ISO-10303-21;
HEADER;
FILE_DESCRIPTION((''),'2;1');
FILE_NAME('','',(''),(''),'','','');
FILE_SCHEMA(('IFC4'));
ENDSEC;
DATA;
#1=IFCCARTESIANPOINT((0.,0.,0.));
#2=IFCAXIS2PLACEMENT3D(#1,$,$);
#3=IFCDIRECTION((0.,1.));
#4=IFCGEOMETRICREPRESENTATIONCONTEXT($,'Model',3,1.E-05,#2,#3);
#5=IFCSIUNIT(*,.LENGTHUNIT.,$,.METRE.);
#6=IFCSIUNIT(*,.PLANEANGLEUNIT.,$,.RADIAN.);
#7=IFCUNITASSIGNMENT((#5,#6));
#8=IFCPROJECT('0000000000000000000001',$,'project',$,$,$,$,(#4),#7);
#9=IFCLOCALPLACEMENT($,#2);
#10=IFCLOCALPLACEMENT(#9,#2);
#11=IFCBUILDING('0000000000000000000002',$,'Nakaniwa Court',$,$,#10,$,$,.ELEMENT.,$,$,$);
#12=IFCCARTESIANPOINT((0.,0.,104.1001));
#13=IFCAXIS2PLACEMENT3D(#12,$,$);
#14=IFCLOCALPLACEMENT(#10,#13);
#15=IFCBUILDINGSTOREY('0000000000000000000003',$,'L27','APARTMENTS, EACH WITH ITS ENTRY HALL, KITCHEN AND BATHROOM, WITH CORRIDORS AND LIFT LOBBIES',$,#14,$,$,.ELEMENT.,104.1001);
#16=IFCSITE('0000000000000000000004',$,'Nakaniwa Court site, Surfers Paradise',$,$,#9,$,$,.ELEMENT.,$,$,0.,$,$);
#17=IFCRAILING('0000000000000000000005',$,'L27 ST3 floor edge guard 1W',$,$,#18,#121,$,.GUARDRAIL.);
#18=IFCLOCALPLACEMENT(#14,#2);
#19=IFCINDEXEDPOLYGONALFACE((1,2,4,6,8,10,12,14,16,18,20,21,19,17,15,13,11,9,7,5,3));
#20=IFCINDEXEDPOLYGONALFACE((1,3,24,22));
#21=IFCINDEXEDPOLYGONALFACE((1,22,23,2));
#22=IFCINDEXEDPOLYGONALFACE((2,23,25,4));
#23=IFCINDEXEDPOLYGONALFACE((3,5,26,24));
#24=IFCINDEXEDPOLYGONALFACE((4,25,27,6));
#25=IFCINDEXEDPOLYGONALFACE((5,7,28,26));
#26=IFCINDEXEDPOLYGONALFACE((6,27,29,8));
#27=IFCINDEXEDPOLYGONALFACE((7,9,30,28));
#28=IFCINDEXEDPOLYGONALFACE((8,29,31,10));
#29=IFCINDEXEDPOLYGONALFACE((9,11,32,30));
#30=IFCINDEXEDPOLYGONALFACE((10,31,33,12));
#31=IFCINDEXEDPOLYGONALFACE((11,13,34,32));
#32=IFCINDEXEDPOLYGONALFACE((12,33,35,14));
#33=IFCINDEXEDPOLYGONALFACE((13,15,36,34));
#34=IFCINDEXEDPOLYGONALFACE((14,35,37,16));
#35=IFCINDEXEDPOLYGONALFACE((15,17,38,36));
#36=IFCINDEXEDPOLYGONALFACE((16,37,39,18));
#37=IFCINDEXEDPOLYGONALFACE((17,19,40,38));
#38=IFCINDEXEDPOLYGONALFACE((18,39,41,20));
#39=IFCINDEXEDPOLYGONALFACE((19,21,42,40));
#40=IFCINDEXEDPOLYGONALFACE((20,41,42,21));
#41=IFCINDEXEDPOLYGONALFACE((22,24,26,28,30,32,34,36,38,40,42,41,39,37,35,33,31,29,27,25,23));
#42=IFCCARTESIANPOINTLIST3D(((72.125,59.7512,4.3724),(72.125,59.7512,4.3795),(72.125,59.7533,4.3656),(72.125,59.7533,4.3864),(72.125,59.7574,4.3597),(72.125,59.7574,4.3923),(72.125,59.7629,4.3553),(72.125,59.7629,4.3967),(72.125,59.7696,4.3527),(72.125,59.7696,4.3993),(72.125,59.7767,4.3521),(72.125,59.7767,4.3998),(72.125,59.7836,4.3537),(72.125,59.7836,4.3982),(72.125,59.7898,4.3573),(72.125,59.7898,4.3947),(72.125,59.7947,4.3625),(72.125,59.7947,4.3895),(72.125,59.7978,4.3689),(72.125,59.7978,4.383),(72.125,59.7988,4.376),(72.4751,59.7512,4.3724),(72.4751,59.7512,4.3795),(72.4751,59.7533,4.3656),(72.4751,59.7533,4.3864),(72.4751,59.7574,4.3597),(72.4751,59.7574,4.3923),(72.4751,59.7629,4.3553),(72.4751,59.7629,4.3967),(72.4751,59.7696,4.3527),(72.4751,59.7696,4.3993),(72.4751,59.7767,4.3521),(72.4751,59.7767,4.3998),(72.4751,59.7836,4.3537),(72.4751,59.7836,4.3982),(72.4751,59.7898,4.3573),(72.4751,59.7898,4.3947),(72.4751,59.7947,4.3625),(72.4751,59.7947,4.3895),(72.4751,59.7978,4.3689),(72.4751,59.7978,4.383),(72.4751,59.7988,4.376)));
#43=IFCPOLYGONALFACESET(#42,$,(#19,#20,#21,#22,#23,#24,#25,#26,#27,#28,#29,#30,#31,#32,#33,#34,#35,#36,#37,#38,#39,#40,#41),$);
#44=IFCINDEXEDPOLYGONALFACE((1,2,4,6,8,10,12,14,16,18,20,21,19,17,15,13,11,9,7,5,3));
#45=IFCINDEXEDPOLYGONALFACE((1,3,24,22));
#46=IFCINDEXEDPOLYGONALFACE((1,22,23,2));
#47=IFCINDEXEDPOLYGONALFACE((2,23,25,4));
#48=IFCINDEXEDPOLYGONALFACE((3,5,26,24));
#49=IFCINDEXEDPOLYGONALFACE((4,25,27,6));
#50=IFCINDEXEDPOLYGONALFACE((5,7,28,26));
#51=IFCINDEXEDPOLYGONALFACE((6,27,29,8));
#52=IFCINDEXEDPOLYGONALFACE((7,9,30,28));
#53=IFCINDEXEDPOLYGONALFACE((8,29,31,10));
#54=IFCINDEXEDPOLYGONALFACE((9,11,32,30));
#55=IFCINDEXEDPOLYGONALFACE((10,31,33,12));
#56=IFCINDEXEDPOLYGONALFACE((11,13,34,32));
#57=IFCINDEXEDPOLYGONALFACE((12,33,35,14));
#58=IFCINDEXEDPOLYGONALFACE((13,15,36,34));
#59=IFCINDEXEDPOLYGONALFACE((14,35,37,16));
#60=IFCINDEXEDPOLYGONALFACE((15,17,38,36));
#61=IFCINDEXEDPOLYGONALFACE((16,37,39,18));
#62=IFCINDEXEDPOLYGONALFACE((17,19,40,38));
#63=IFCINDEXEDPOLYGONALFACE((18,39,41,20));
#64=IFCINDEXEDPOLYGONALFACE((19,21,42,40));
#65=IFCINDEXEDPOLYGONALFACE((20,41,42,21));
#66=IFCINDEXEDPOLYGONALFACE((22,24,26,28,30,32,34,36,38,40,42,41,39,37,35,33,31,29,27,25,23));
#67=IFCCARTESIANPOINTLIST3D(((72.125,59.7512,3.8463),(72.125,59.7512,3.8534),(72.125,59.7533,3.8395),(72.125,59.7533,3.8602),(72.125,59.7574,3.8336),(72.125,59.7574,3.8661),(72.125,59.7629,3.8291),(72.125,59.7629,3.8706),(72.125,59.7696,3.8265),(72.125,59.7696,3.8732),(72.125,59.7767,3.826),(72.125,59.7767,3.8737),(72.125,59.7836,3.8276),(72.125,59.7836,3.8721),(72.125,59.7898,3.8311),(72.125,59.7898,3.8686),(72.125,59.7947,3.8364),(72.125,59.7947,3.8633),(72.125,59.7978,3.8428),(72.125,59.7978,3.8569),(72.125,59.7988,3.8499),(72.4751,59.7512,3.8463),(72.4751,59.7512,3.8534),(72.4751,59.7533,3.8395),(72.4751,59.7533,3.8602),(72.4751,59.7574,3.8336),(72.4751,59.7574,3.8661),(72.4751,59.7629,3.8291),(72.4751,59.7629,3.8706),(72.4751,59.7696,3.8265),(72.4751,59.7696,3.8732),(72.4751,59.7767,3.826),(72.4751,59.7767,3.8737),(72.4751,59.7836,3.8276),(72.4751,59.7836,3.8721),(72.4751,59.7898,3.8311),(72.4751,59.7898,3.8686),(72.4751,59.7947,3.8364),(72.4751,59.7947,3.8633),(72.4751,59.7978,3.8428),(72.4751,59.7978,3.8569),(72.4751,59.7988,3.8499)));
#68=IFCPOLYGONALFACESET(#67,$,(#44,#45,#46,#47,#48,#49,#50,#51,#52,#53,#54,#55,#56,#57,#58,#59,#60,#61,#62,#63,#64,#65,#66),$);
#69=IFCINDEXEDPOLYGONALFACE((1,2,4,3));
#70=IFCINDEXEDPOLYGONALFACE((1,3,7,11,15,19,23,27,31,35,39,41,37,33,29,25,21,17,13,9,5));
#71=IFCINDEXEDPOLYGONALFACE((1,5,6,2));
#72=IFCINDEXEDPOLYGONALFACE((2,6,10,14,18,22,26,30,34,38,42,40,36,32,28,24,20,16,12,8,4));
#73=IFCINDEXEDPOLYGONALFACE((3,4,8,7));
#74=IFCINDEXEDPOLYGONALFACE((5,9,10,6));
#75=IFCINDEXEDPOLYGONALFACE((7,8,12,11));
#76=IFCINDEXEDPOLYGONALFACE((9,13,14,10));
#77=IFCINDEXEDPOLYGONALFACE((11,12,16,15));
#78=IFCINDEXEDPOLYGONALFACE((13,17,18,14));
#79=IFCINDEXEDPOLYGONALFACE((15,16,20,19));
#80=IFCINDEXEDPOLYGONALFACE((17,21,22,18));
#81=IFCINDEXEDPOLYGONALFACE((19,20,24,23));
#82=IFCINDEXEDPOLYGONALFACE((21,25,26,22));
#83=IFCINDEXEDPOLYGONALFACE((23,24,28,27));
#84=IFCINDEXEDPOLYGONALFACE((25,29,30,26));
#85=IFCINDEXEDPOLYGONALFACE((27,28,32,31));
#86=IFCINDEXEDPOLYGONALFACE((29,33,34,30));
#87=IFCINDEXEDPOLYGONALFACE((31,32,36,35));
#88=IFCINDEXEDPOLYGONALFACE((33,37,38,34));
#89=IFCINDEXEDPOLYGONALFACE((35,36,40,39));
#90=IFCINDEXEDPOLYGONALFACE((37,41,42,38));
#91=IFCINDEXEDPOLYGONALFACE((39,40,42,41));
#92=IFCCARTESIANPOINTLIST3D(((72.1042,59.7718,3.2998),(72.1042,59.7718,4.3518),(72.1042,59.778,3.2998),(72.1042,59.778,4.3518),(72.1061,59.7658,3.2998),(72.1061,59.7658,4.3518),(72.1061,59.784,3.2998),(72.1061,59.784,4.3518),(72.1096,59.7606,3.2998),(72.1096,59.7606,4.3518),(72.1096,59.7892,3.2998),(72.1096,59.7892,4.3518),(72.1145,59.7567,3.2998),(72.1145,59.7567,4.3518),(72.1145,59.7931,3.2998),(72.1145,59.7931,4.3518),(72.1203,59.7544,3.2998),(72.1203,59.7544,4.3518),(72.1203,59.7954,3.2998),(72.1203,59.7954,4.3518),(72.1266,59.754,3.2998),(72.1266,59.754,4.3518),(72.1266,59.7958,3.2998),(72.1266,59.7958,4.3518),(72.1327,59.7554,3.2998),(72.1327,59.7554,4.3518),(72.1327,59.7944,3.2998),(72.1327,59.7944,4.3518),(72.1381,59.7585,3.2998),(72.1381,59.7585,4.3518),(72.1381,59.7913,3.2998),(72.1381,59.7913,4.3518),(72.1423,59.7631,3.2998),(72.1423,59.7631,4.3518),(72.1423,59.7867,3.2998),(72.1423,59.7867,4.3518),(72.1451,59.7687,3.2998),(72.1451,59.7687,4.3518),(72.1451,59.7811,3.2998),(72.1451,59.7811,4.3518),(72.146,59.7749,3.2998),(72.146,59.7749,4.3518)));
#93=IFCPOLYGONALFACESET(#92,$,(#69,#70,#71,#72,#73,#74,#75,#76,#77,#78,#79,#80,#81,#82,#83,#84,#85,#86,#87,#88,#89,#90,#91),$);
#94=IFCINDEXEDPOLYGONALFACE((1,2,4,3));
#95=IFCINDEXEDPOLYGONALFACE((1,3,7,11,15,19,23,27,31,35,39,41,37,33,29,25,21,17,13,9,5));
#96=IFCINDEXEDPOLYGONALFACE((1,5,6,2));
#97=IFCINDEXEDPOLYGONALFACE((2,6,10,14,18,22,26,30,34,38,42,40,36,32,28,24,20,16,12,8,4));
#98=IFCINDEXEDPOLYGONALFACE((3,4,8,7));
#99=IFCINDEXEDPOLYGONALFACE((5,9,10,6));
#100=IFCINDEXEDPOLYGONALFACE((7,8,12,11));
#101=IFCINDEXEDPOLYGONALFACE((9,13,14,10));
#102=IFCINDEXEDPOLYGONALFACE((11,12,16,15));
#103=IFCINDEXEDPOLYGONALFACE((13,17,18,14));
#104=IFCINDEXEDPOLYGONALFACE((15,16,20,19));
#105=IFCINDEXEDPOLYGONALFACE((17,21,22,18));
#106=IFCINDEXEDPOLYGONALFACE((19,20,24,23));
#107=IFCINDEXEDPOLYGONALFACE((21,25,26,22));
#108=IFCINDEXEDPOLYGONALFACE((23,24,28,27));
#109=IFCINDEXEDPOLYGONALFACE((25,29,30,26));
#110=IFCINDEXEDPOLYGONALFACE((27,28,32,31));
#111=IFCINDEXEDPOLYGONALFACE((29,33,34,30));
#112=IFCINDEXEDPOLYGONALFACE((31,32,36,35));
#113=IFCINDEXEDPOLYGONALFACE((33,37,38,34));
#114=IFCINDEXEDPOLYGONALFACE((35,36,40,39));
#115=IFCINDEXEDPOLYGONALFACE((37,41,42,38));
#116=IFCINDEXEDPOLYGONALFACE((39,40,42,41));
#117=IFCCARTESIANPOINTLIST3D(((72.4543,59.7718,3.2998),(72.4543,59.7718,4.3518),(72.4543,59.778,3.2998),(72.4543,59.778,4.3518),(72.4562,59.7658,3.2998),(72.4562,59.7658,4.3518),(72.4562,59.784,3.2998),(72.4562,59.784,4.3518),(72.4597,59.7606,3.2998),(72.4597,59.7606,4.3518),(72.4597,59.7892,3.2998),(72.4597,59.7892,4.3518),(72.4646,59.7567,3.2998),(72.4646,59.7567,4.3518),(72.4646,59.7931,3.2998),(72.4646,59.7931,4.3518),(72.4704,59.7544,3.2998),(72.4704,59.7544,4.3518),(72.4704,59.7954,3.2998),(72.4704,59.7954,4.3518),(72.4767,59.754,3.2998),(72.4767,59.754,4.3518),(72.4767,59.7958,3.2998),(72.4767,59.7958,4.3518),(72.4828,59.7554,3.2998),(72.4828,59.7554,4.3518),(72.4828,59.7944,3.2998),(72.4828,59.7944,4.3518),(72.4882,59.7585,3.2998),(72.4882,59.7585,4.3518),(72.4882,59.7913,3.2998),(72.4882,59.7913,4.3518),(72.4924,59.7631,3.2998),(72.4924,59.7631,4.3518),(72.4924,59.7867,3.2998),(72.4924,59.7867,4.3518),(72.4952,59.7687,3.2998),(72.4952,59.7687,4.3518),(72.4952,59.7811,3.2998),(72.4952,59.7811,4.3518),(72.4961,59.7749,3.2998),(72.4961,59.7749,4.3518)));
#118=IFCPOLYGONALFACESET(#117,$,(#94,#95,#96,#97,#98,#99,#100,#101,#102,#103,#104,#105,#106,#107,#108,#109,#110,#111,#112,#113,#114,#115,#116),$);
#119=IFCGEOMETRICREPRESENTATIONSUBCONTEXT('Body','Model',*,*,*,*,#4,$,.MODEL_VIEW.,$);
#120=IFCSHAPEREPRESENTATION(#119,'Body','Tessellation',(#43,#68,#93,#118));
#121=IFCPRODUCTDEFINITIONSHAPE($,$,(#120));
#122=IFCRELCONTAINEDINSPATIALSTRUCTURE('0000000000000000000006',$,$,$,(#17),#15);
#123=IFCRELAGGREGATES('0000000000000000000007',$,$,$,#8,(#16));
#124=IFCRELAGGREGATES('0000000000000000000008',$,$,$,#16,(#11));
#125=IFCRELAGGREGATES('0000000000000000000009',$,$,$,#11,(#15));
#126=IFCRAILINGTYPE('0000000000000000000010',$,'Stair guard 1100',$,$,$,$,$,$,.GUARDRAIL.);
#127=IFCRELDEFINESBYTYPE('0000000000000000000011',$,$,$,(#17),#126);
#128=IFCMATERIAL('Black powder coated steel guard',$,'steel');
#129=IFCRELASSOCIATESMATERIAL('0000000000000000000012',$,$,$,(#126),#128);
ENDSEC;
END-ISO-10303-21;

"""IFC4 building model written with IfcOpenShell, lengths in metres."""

from ifc_helpers import new_model, si_unit, direction, frame, origin, origin_2d, place, context, subcontext, project, spatial, circle, extrude, material, type_object, element, save


model = new_model("IFC4")

# Units and contexts
model_context = context("Model", 3, precision=1e-05, world=origin(), true_north=direction((0.0, 1.0)))
body_context = subcontext(model_context, "Body", "Model", "MODEL_VIEW")
ifc_project = project(units=[si_unit("LENGTHUNIT", "METRE"), si_unit("PLANEANGLEUNIT", "RADIAN")], contexts=[model_context])

# Site, building, storey
site_placement = place(None, origin())
site = spatial("IfcSite", under=ifc_project, at=site_placement, Name="Nakaniwa Court site, Surfers Paradise", CompositionType="ELEMENT", RefElevation=0.0)
building_placement = place(site_placement, origin())
building = spatial("IfcBuilding", under=site, at=building_placement, Name="Nakaniwa Court", CompositionType="ELEMENT")
storey_placement = place(building_placement, frame((0.0, 0.0, 104.1001)))
storey = spatial("IfcBuildingStorey", under=building, at=storey_placement, Name="L27", Description="APARTMENTS, EACH WITH ITS ENTRY HALL, KITCHEN AND BATHROOM, WITH CORRIDORS AND LIFT LOBBIES", CompositionType="ELEMENT", Elevation=104.1001)

# Railing
ifc_material_1 = material(Name="Black powder coated steel guard", Category="steel")
railing_type_1 = type_object("IfcRailingType", Name="Stair guard 1100", PredefinedType="GUARDRAIL", material=ifc_material_1)
for number, where, name in (
    (1, (72.125, 59.7749, 3.2998), "L27 ST3 floor edge guard 1W"),
):
    element("IfcRailing", number, at=place(storey_placement, frame(where)), inside=storey, type_object=railing_type_1, Name=name, PredefinedType="GUARDRAIL", context=body_context, shape_type="SweptSolid", body=[
        extrude(circle(Radius=0.0239, at=origin_2d()), frame((0.0, 0.0, 1.0762), z_axis=(1.0, 0.0, 0.0), x_axis=(0.0, 1.0, 0.0)), (0.0, 0.0, 1.0), 0.3501),
        extrude(circle(Radius=0.0239, at=origin_2d()), frame((0.0, 0.0, 0.55), z_axis=(1.0, 0.0, 0.0), x_axis=(0.0, 1.0, 0.0)), (0.0, 0.0, 1.0), 0.3501),
        extrude(circle(Radius=0.021, at=origin_2d()), origin(), (0.0, 0.0, 1.0), 1.052),
        extrude(circle(Radius=0.021, at=origin_2d()), frame((0.3501, 0.0, 0.0)), (0.0, 0.0, 1.0), 1.052),
    ])

save(model, "model.ifc")
